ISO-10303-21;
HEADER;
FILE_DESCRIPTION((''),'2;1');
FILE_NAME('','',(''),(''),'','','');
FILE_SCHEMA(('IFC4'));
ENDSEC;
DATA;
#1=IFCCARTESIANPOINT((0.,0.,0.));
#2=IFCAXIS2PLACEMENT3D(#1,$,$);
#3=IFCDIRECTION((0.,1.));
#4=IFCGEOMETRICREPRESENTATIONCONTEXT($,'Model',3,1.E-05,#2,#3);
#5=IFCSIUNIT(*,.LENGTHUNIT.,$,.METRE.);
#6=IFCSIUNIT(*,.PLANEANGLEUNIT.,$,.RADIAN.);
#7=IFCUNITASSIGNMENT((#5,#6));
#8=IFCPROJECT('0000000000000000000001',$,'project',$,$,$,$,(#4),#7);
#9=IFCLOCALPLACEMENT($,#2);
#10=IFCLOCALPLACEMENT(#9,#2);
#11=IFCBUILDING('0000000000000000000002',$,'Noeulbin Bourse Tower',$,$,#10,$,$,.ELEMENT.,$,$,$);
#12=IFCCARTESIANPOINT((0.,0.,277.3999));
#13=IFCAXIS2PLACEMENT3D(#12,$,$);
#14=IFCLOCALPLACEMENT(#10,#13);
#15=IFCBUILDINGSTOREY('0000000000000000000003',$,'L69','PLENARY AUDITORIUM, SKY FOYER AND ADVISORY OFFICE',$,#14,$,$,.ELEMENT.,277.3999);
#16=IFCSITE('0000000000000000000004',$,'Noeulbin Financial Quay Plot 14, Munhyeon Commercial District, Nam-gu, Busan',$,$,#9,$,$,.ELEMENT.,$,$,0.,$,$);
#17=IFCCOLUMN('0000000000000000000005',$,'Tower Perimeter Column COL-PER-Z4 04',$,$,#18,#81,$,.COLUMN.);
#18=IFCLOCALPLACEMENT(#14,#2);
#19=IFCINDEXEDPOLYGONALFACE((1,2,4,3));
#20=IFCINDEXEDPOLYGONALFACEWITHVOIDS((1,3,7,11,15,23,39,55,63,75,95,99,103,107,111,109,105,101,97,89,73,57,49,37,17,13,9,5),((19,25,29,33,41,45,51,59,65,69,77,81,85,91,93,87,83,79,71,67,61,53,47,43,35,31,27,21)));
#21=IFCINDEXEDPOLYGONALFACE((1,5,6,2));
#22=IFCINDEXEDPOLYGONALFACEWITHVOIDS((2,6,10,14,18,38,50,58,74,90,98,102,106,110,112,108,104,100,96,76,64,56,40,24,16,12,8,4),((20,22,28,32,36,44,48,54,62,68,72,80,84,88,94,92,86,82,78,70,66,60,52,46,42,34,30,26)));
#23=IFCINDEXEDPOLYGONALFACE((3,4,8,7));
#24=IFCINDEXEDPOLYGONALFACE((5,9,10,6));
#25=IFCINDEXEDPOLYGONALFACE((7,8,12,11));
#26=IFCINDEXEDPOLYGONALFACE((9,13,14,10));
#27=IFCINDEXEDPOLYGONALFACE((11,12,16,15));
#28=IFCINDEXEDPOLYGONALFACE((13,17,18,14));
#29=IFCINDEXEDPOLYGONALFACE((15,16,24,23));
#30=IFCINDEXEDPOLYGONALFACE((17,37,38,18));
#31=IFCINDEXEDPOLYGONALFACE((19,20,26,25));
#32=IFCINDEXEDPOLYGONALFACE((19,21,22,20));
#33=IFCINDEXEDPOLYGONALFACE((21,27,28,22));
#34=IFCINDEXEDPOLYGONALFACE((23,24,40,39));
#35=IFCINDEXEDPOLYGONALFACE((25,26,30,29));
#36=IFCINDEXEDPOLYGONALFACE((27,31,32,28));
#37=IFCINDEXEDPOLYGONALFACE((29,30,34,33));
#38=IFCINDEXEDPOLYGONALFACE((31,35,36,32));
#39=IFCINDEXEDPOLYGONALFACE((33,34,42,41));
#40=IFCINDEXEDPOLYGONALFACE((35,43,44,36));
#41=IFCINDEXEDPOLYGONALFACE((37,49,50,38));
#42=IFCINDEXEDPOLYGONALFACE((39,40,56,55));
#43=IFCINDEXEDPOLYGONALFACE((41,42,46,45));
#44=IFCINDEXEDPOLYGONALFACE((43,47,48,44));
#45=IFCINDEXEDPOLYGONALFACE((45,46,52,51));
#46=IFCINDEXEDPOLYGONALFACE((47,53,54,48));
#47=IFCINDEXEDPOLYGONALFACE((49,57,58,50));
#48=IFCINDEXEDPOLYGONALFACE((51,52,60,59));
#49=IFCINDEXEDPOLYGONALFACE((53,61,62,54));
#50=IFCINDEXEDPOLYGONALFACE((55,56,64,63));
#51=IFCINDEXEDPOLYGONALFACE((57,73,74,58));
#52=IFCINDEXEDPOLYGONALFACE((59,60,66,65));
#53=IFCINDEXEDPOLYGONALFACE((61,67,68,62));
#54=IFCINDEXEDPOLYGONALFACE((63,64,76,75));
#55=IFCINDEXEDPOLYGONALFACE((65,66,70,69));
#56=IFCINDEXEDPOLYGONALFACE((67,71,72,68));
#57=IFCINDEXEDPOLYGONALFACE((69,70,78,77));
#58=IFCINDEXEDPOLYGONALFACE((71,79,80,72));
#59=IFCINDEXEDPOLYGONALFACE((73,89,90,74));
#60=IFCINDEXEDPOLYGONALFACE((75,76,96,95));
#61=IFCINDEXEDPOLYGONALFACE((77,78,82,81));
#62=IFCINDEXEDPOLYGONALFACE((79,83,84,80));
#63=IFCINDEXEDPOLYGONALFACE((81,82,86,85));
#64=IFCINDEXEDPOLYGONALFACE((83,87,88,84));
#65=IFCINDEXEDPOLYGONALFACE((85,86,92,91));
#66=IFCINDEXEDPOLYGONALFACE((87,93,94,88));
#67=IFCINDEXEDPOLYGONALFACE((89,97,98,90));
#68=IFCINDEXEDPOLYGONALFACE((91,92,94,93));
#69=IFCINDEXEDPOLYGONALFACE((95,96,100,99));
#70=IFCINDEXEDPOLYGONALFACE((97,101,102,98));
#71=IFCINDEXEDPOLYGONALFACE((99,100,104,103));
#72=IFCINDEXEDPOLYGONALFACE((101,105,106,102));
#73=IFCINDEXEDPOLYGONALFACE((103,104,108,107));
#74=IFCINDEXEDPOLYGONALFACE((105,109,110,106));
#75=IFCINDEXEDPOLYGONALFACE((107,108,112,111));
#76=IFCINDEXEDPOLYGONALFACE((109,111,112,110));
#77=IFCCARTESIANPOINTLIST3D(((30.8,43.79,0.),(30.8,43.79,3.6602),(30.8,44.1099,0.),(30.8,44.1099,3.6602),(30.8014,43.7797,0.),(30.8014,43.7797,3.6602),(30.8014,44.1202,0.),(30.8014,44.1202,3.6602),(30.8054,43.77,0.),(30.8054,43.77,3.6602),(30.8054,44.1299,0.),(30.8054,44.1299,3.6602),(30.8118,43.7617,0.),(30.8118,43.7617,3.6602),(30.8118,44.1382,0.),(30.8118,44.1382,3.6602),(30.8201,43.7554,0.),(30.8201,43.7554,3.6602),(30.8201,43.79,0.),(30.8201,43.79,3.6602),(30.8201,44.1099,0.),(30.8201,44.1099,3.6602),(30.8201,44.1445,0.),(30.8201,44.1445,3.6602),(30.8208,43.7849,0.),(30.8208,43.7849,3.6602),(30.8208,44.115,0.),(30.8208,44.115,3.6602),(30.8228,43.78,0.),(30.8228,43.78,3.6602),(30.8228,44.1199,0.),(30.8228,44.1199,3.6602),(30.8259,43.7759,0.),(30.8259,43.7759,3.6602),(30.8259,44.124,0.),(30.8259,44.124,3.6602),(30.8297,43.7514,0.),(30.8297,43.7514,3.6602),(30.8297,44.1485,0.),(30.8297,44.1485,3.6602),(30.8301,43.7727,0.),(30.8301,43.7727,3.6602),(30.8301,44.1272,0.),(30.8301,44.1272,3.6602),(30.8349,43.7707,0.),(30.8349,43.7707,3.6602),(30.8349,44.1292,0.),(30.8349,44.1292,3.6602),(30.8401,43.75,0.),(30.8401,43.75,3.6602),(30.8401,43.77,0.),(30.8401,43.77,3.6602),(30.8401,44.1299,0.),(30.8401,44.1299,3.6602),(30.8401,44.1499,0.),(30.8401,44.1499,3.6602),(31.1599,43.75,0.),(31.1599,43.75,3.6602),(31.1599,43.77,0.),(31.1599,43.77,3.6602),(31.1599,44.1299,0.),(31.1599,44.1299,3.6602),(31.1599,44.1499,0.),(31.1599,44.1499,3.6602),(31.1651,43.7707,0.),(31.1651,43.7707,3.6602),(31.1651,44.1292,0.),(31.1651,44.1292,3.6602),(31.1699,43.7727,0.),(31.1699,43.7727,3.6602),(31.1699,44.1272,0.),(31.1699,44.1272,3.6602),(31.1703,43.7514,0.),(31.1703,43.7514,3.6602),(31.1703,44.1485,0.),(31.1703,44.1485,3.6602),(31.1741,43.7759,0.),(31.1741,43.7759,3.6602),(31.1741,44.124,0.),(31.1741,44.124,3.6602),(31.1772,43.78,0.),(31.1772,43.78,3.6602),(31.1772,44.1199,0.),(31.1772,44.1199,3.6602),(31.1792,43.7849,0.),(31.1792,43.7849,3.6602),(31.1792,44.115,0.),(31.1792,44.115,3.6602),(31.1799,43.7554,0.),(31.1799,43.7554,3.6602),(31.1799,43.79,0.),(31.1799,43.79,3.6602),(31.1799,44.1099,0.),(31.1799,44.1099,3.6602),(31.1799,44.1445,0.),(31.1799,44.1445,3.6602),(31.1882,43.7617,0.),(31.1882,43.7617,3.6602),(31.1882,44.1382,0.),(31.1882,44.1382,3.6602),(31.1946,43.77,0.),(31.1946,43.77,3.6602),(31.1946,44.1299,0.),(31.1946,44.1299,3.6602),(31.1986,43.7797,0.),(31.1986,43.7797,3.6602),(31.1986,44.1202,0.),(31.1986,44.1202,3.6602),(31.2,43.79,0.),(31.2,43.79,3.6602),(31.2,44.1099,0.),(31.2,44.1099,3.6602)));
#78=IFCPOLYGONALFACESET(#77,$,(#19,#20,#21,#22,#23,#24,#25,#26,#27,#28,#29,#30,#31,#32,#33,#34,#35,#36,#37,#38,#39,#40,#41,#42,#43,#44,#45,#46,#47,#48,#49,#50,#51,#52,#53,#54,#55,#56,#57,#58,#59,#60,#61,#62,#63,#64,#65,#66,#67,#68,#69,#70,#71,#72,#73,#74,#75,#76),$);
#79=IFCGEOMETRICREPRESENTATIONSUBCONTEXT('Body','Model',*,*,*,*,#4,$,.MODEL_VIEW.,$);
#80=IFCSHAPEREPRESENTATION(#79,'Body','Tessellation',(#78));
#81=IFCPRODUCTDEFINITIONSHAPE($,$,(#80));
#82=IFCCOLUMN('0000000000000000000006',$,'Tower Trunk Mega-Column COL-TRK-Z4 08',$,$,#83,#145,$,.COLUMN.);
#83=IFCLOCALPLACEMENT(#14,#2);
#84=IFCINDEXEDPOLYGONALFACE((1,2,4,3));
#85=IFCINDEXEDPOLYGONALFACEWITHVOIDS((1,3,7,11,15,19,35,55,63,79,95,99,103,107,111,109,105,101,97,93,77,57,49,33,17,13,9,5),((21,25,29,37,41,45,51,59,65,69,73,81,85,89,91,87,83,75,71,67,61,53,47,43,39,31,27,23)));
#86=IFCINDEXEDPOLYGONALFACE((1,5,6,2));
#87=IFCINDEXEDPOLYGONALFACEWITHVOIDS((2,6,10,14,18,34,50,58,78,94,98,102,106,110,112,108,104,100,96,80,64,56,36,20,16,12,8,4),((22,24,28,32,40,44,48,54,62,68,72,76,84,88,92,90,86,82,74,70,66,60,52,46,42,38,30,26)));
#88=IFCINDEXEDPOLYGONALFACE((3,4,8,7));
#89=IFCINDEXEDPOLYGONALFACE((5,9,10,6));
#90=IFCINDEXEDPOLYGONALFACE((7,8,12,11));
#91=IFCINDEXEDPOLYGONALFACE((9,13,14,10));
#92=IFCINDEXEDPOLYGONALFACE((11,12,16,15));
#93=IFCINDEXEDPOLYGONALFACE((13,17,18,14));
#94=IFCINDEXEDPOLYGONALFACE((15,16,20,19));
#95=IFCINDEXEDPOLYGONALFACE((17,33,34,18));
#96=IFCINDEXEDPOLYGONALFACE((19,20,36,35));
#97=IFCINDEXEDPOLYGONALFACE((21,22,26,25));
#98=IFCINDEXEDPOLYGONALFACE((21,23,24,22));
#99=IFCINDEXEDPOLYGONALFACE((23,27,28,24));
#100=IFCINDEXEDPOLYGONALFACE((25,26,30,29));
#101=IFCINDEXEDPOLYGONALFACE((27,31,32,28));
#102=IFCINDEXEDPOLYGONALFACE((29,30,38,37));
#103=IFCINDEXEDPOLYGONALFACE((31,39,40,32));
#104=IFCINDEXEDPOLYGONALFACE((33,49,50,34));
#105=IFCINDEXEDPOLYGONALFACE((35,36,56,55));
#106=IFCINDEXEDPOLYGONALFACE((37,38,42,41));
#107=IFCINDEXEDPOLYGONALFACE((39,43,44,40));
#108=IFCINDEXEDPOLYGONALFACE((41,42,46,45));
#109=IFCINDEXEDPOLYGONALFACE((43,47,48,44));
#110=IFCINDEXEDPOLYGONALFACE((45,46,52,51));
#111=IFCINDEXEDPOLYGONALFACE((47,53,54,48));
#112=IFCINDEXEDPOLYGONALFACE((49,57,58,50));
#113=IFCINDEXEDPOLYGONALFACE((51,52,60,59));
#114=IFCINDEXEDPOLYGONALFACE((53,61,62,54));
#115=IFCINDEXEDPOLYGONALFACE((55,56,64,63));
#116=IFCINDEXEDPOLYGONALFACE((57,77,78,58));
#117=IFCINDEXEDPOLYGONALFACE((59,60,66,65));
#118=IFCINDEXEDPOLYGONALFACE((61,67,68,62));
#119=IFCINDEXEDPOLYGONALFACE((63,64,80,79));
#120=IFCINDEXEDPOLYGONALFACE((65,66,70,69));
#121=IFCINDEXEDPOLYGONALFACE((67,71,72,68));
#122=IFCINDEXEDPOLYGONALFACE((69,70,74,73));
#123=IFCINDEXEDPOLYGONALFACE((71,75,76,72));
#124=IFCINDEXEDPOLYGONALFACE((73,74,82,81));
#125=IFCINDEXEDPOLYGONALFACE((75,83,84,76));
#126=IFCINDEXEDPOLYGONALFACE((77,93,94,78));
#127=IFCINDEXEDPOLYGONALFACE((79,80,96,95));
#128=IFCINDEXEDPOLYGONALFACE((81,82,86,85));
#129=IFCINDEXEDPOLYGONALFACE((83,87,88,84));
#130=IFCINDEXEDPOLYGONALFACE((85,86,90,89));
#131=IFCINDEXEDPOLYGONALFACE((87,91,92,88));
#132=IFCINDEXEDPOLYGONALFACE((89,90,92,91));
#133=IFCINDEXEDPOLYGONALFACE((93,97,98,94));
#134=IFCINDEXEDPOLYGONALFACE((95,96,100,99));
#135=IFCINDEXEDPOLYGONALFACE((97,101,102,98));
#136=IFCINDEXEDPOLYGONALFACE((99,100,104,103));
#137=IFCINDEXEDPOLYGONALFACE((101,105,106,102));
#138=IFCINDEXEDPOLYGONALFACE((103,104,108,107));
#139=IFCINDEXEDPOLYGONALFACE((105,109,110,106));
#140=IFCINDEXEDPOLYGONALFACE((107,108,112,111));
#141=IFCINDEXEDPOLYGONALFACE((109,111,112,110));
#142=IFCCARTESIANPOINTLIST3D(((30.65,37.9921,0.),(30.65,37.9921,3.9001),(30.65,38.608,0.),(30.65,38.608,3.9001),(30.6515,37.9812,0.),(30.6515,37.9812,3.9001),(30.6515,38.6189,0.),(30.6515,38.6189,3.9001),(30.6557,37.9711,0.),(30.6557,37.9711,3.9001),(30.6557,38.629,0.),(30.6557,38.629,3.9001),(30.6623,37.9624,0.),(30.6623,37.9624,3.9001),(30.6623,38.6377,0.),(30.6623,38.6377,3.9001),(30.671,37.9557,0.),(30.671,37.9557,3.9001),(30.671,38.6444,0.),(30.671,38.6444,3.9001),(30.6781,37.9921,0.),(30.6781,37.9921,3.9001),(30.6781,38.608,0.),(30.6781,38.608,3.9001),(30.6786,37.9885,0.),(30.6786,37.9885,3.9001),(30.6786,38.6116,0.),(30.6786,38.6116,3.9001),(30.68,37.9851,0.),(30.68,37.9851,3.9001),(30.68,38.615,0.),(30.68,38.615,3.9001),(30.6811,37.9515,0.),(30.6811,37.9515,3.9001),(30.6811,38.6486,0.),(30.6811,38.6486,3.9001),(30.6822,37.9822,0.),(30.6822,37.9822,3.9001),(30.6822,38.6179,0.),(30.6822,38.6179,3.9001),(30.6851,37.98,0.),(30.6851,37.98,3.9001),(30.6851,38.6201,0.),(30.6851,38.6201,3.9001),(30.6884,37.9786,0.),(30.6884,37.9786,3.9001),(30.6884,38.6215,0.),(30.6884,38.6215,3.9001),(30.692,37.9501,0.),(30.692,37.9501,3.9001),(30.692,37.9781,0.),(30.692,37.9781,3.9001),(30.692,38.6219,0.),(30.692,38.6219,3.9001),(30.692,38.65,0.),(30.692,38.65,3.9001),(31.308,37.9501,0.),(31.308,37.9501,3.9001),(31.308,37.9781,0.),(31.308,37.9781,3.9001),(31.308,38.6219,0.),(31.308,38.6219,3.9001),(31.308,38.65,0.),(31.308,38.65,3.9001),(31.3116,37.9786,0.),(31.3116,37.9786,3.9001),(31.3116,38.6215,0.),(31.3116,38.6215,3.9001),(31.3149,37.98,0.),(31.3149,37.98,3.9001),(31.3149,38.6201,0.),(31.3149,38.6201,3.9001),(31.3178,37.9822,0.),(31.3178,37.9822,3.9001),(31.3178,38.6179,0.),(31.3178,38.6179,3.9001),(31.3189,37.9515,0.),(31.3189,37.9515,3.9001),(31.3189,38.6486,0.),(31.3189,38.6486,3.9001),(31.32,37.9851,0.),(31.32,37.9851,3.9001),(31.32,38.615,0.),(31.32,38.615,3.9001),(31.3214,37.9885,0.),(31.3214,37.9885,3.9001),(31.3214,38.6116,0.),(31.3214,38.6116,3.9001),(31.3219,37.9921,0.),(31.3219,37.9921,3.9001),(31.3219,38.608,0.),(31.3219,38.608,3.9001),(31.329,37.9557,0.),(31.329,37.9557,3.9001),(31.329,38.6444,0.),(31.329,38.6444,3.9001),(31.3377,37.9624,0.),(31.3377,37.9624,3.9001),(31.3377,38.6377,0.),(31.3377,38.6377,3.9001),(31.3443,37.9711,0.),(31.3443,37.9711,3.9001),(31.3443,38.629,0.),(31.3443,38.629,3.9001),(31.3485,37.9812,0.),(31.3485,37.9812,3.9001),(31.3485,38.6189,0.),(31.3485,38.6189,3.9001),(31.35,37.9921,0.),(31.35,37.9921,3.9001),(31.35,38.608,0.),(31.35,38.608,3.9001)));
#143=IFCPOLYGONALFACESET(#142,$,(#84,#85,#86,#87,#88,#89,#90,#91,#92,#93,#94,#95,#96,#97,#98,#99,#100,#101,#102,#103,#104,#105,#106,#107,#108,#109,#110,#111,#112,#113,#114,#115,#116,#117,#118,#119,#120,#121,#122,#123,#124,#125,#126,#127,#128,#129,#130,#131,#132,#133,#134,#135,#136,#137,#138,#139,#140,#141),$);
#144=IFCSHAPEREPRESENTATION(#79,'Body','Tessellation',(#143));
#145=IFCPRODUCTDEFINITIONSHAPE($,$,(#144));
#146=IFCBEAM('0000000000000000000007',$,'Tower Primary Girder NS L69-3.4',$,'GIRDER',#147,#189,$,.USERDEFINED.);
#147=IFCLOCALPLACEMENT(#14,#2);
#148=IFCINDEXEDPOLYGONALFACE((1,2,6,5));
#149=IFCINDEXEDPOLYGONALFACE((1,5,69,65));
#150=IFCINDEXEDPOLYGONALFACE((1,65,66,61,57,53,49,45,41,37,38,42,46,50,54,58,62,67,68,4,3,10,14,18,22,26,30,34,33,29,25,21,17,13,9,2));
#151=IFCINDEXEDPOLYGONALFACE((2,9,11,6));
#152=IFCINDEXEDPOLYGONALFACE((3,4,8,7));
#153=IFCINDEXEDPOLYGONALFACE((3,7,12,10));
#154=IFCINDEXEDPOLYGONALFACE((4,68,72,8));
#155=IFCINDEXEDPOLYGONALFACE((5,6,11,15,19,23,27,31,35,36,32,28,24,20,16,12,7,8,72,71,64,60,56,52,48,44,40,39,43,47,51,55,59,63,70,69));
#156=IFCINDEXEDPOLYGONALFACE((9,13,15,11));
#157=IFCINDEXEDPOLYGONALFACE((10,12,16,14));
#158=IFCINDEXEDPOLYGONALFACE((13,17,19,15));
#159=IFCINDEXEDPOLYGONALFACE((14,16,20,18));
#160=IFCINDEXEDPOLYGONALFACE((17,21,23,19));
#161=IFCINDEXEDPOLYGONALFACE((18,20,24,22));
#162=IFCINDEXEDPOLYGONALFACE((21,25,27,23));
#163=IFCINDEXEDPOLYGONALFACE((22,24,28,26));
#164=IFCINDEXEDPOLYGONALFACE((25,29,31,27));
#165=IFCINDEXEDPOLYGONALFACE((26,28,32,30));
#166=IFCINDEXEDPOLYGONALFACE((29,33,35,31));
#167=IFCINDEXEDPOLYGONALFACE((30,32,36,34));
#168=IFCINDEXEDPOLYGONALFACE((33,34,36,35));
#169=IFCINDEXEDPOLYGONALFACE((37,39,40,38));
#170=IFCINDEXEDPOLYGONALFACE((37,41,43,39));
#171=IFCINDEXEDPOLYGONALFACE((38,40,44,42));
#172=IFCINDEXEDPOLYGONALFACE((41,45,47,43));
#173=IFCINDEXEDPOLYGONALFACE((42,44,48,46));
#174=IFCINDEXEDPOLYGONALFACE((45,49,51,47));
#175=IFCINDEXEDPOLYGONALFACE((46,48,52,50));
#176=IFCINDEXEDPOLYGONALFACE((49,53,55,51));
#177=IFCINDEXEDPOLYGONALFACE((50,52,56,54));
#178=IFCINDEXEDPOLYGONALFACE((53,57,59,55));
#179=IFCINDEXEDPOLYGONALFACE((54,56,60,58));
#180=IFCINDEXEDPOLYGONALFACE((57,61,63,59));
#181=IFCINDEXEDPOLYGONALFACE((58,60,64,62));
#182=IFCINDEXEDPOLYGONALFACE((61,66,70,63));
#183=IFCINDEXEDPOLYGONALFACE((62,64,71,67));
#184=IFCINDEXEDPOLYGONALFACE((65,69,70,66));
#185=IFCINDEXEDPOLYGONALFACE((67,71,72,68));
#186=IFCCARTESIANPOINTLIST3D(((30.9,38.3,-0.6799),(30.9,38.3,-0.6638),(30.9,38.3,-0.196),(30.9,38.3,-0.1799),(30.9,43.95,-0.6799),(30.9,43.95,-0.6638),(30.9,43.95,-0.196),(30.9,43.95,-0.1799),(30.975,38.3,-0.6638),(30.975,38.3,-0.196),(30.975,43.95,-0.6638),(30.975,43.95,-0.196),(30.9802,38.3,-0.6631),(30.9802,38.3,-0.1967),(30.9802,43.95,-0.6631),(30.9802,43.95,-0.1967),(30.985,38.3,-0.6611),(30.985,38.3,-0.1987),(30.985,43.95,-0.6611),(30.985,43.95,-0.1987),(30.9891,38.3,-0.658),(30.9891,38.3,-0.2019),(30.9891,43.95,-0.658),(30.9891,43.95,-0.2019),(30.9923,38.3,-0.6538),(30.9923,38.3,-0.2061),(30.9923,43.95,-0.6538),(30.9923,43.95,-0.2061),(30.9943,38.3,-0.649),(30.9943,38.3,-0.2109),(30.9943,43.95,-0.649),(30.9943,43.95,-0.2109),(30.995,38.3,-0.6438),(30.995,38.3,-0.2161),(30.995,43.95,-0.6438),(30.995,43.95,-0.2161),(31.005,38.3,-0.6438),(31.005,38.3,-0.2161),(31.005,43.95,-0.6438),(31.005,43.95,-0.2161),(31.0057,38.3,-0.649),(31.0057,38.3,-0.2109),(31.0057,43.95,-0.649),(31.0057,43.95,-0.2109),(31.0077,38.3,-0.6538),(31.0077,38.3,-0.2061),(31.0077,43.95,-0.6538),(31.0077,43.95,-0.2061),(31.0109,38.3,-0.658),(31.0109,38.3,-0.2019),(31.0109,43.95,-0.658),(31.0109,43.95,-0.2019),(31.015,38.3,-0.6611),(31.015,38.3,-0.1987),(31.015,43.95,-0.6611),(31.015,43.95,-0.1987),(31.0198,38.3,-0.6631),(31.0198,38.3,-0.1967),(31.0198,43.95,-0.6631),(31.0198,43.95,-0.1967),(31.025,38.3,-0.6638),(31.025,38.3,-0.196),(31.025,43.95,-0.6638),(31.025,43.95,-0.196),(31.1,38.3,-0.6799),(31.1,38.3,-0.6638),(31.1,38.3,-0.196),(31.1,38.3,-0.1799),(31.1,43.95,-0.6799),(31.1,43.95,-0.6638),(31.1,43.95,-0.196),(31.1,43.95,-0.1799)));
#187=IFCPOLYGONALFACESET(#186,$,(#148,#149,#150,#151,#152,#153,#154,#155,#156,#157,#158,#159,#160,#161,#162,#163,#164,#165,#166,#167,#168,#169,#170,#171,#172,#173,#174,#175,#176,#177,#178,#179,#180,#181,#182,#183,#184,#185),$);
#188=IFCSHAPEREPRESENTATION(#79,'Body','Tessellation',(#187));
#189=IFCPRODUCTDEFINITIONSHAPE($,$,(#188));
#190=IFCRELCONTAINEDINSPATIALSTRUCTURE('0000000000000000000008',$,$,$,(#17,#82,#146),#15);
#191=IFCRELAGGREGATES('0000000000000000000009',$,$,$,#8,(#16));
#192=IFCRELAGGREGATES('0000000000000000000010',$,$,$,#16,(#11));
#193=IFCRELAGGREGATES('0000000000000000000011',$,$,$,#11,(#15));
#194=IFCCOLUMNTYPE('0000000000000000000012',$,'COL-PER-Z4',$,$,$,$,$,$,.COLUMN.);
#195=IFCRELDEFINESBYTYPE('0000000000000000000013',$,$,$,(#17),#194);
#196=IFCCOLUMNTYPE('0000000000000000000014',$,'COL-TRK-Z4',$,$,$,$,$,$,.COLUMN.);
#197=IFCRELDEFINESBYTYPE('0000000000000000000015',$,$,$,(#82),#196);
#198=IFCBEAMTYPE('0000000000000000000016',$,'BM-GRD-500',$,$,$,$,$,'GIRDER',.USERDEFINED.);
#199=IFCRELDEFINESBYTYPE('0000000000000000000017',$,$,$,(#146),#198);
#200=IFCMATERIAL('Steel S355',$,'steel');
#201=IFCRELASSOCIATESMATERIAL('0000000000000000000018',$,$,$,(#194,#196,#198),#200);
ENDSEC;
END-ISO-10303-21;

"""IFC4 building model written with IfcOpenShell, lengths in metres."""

from ifc_helpers import new_model, si_unit, direction, frame, origin, origin_2d, place, context, subcontext, project, spatial, hollow_rectangle, i_section, extrude, material, material_profile, profile_set, type_object, element, save


model = new_model("IFC4")

# Units and contexts
model_context = context("Model", 3, precision=1e-05, world=origin(), true_north=direction((0.0, 1.0)))
body_context = subcontext(model_context, "Body", "Model", "MODEL_VIEW")
ifc_project = project(units=[si_unit("LENGTHUNIT", "METRE"), si_unit("PLANEANGLEUNIT", "RADIAN")], contexts=[model_context])

# Site, building, storey
site_placement = place(None, origin())
site = spatial("IfcSite", under=ifc_project, at=site_placement, Name="Noeulbin Financial Quay Plot 14, Munhyeon Commercial District, Nam-gu, Busan", CompositionType="ELEMENT", RefElevation=0.0)
building_placement = place(site_placement, origin())
building = spatial("IfcBuilding", under=site, at=building_placement, Name="Noeulbin Bourse Tower", CompositionType="ELEMENT")
storey_placement = place(building_placement, frame((0.0, 0.0, 277.3999)))
storey = spatial("IfcBuildingStorey", under=building, at=storey_placement, Name="L69", Description="PLENARY AUDITORIUM, SKY FOYER AND ADVISORY OFFICE", CompositionType="ELEMENT", Elevation=277.3999)

# Columns
ifc_material_1 = material(Name="Steel S355", Category="steel")
ifc_material_profile_1 = material_profile(ifc_material_1, hollow_rectangle(XDim=0.3999, YDim=0.3999, WallThickness=0.02, InnerFilletRadius=0.02, OuterFilletRadius=0.04, at=origin_2d()), Name="SHS-400x400x20", Category="LoadBearing")
ifc_profile_set_1 = profile_set([ifc_material_profile_1], Name="Steel S355")
column_type_1 = type_object("IfcColumnType", Name="COL-PER-Z4", PredefinedType="COLUMN", material=ifc_profile_set_1)
column_1_placement = place(storey_placement, frame((31.0, 43.95, 0.0), z_axis=(0.0, 0.0, 1.0), x_axis=(1.0, 0.0, 0.0)))
element("IfcColumn", 1, at=column_1_placement, inside=storey, type_object=column_type_1, Name="Tower Perimeter Column COL-PER-Z4 04", PredefinedType="COLUMN", context=body_context, shape_type="SweptSolid", body=[
    extrude(hollow_rectangle(XDim=0.3999, YDim=0.3999, WallThickness=0.02, InnerFilletRadius=0.02, OuterFilletRadius=0.04, at=origin_2d()), origin(), (0.0, 0.0, 1.0), 3.6602),
])
ifc_material_profile_2 = material_profile(ifc_material_1, hollow_rectangle(XDim=0.7, YDim=0.7, WallThickness=0.0281, InnerFilletRadius=0.0139, OuterFilletRadius=0.042, at=origin_2d()), Name="BOX-700x700x28", Category="LoadBearing")
ifc_profile_set_2 = profile_set([ifc_material_profile_2], Name="Steel S355")
column_type_2 = type_object("IfcColumnType", Name="COL-TRK-Z4", PredefinedType="COLUMN", material=ifc_profile_set_2)
column_2_placement = place(storey_placement, frame((31.0, 38.3, 0.0), z_axis=(0.0, 0.0, 1.0), x_axis=(1.0, 0.0, 0.0)))
element("IfcColumn", 2, at=column_2_placement, inside=storey, type_object=column_type_2, Name="Tower Trunk Mega-Column COL-TRK-Z4 08", PredefinedType="COLUMN", context=body_context, shape_type="SweptSolid", body=[
    extrude(hollow_rectangle(XDim=0.7, YDim=0.7, WallThickness=0.0281, InnerFilletRadius=0.0139, OuterFilletRadius=0.042, at=origin_2d()), origin(), (0.0, 0.0, 1.0), 3.9001),
])

# Beam
ifc_material_profile_3 = material_profile(ifc_material_1, i_section(OverallWidth=0.2, OverallDepth=0.5, WebThickness=0.01, FlangeThickness=0.0161, FilletRadius=0.02, at=origin_2d()), Name="H-500x200x10x16", Category="LoadBearing")
ifc_profile_set_3 = profile_set([ifc_material_profile_3], Name="Steel S355")
beam_type_1 = type_object("IfcBeamType", Name="BM-GRD-500", ElementType="GIRDER", PredefinedType="USERDEFINED", material=ifc_profile_set_3)
beam_1_placement = place(storey_placement, frame((31.0, 38.3, -0.4299), z_axis=(0.0, 1.0, 0.0), x_axis=(-1.0, 0.0, 0.0)))
element("IfcBeam", 3, at=beam_1_placement, inside=storey, type_object=beam_type_1, Name="Tower Primary Girder NS L69-3.4", ObjectType="GIRDER", PredefinedType="USERDEFINED", context=body_context, shape_type="SweptSolid", body=[
    extrude(i_section(OverallWidth=0.2, OverallDepth=0.5, WebThickness=0.01, FlangeThickness=0.0161, FilletRadius=0.02, at=origin_2d()), origin(), (0.0, 0.0, 1.0), 5.6499),
])

save(model, "model.ifc")
